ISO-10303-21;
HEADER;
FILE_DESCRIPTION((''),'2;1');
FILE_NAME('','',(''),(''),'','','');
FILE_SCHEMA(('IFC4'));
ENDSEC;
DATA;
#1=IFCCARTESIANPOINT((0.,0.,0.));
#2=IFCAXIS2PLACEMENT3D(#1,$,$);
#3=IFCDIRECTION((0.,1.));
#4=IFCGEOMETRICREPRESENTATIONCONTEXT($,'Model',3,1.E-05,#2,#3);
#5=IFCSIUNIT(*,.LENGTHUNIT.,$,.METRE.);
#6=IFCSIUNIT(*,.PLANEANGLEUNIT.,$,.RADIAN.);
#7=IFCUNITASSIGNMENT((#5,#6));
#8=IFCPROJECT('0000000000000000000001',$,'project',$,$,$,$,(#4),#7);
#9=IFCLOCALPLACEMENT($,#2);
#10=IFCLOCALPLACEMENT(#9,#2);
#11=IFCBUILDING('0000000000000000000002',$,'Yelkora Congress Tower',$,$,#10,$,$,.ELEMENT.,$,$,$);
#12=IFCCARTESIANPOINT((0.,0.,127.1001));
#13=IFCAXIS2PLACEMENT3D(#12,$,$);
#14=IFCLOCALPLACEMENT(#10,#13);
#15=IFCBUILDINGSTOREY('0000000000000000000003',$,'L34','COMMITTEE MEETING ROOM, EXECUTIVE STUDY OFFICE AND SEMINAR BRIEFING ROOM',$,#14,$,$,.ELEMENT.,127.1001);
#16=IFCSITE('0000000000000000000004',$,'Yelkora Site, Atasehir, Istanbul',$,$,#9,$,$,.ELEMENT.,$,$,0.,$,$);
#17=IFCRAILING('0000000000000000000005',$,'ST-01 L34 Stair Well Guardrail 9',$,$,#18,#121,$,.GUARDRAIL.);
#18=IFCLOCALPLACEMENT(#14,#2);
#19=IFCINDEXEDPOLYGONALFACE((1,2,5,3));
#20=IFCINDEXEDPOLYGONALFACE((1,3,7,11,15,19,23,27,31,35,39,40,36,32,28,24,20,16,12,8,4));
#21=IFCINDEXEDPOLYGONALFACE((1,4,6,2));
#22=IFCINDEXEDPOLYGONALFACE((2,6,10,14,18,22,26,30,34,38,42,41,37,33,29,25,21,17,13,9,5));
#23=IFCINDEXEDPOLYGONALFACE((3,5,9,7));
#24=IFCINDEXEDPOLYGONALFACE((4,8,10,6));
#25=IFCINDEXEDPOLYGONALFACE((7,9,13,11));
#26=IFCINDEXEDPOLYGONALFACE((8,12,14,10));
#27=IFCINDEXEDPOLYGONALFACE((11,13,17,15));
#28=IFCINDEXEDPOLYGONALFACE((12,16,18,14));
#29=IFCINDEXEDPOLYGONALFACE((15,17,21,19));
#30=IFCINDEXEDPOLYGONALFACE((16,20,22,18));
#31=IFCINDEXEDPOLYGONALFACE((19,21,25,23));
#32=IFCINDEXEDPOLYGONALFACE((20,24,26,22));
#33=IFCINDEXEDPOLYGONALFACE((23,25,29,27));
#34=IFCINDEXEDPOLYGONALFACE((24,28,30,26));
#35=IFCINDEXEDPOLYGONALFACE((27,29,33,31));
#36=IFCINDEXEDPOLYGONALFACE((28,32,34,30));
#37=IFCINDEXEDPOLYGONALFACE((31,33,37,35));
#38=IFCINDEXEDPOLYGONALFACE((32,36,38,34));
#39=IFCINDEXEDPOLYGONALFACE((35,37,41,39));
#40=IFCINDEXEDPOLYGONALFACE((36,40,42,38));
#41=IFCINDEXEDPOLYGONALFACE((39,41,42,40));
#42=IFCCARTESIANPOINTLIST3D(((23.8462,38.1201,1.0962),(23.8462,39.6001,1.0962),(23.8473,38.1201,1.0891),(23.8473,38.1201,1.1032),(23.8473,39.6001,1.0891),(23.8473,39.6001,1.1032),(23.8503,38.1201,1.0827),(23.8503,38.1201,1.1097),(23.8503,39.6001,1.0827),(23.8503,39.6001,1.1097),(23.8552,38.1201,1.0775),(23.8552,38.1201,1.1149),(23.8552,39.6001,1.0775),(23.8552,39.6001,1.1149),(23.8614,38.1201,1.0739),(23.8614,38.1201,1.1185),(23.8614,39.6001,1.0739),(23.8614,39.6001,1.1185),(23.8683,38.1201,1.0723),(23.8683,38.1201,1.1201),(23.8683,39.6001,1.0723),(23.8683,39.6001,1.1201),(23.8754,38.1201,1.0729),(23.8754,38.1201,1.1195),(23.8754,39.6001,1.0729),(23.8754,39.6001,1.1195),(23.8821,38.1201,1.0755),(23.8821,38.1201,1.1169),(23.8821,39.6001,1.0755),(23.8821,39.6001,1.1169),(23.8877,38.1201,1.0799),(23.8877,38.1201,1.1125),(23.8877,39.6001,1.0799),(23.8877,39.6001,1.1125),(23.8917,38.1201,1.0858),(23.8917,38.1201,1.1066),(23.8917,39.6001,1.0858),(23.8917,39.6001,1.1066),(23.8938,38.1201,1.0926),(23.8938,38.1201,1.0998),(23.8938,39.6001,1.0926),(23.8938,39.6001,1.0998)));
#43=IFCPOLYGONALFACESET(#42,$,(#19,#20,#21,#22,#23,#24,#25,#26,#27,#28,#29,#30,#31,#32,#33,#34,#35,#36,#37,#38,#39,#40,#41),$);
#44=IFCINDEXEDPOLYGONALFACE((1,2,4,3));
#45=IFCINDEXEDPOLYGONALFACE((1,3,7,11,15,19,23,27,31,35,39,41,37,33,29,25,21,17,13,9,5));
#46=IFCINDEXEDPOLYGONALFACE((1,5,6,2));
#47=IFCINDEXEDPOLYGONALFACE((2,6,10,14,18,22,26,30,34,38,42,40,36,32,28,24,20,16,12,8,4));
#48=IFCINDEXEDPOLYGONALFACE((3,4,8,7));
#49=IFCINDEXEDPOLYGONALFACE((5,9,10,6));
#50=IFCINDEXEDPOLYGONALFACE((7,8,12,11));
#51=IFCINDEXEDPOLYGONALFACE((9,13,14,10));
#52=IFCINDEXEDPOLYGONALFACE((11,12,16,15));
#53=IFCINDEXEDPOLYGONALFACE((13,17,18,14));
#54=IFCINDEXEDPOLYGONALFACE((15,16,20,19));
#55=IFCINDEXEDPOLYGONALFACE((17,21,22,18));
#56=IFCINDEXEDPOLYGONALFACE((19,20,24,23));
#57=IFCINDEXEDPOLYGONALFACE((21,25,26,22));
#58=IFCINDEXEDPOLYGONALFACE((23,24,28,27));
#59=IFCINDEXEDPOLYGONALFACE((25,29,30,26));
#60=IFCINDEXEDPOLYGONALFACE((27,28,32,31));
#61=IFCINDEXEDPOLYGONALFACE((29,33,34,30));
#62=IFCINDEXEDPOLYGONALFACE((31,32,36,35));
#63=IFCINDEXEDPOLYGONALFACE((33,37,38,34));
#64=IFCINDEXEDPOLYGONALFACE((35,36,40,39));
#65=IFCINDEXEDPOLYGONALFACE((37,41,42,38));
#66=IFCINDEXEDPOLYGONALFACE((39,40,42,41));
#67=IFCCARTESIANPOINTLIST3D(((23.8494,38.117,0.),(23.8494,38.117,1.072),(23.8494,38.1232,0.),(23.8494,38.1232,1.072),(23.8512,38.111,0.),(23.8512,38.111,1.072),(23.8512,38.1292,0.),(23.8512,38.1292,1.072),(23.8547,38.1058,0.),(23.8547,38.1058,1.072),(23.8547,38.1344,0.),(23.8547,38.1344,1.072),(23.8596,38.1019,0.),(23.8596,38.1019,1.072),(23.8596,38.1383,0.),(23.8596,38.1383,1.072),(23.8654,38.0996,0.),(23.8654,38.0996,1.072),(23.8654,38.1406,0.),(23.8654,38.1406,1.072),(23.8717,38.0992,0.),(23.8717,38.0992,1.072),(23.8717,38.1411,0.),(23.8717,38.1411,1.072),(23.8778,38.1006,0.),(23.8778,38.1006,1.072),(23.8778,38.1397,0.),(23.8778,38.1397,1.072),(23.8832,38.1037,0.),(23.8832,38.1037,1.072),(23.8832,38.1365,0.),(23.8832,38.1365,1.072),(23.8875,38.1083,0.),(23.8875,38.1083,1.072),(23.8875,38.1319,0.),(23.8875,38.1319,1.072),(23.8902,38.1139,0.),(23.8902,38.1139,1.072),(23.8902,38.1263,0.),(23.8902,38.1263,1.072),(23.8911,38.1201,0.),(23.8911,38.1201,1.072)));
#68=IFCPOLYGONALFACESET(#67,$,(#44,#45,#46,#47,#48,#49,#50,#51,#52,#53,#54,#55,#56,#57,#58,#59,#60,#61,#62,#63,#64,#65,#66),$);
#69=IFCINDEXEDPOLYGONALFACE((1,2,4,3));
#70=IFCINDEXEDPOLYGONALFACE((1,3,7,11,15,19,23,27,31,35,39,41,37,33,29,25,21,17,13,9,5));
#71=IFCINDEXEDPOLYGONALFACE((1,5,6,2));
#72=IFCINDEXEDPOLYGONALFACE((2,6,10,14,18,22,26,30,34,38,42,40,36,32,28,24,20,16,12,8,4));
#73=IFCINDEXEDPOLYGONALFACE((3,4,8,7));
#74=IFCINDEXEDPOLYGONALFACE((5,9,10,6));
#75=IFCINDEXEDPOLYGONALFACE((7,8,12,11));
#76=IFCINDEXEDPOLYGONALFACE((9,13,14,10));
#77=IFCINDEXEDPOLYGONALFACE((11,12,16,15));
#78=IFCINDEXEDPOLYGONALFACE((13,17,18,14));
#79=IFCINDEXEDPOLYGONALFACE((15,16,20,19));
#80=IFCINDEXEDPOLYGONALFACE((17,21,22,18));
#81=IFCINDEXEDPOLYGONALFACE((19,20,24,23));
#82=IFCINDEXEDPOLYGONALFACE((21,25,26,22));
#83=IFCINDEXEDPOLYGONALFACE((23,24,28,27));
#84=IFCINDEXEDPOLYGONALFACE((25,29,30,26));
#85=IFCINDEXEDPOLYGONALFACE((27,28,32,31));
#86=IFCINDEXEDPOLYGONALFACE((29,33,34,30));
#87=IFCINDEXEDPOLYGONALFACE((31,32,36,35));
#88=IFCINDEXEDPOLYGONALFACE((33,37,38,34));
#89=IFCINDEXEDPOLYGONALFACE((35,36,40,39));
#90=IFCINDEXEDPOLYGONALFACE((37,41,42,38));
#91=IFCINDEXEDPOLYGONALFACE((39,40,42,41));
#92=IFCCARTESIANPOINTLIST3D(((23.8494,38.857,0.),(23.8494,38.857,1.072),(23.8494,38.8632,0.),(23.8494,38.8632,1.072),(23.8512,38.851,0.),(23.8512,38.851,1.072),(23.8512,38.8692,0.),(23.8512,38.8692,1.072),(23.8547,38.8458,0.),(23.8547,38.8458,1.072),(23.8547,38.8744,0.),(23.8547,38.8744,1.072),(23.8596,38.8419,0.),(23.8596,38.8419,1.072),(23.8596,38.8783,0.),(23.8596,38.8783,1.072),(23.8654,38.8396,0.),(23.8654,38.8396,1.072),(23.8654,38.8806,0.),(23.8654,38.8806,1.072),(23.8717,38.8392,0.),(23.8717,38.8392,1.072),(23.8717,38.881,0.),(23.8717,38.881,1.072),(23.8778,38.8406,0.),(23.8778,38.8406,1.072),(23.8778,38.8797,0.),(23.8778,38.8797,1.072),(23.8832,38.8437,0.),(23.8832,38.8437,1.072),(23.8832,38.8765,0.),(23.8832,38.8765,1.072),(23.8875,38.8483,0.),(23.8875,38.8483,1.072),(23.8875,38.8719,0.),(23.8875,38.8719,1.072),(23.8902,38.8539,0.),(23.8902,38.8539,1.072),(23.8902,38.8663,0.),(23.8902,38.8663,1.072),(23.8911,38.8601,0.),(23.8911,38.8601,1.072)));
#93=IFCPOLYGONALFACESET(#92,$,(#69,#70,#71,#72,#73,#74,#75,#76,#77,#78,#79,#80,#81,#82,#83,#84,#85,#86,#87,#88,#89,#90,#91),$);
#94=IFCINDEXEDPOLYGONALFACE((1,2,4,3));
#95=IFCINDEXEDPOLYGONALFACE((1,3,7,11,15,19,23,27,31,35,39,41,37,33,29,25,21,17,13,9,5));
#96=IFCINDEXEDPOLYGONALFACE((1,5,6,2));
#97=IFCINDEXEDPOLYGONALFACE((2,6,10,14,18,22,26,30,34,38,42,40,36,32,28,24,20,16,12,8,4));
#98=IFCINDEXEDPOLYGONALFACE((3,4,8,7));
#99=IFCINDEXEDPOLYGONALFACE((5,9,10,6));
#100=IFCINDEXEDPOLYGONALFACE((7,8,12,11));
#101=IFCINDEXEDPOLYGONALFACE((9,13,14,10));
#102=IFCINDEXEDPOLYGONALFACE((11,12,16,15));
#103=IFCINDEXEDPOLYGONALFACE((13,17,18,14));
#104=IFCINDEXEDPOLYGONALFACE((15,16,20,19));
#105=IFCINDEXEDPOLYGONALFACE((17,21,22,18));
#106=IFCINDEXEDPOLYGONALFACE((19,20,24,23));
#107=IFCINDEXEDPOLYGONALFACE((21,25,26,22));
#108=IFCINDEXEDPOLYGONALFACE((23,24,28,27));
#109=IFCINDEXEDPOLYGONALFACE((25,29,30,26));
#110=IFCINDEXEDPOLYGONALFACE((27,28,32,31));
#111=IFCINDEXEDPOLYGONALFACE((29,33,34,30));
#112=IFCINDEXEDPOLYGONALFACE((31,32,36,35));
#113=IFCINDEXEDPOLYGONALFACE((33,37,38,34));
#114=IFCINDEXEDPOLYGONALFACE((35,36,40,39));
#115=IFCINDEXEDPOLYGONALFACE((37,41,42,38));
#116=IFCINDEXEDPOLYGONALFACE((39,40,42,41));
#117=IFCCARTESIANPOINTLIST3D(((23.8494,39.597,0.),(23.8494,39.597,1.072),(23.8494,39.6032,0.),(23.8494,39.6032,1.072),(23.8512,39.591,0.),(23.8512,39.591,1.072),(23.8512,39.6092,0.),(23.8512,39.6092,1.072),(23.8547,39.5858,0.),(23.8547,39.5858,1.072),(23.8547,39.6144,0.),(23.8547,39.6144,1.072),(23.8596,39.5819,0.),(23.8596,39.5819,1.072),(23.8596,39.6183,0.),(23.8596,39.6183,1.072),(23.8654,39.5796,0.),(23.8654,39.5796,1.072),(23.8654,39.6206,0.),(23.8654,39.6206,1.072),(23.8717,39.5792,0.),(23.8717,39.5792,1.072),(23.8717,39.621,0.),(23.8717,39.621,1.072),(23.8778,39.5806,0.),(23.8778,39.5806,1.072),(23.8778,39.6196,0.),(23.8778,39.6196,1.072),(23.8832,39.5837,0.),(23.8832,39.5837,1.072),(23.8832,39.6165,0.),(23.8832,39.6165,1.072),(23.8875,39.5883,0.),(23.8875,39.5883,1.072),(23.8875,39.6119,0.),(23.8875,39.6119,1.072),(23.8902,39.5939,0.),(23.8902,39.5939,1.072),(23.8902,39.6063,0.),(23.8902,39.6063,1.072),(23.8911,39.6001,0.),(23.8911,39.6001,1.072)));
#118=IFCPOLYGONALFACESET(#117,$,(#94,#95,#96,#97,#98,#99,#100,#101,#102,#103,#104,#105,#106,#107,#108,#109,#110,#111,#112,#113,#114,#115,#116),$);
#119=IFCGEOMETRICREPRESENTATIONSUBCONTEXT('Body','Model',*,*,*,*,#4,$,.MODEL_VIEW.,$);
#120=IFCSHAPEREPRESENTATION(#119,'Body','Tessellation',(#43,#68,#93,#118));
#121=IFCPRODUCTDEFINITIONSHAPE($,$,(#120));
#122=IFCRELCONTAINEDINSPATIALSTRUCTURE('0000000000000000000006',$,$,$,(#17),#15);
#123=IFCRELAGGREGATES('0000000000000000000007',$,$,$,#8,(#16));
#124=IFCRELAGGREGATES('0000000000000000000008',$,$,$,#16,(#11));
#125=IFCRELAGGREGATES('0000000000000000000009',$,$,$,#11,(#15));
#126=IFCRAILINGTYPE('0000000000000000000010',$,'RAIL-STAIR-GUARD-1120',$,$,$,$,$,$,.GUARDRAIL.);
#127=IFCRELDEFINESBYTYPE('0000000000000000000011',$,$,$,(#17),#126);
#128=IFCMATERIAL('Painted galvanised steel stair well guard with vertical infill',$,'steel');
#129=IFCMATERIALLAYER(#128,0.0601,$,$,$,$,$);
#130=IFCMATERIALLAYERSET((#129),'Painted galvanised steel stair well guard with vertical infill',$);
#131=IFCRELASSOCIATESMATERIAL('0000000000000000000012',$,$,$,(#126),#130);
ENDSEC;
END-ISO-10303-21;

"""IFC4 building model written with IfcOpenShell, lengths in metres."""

from ifc_helpers import new_model, si_unit, direction, frame, origin, origin_2d, place, context, subcontext, project, spatial, circle, extrude, material, layer, layer_set, type_object, element, save


model = new_model("IFC4")

# Units and contexts
model_context = context("Model", 3, precision=1e-05, world=origin(), true_north=direction((0.0, 1.0)))
body_context = subcontext(model_context, "Body", "Model", "MODEL_VIEW")
ifc_project = project(units=[si_unit("LENGTHUNIT", "METRE"), si_unit("PLANEANGLEUNIT", "RADIAN")], contexts=[model_context])

# Site, building, storey
site_placement = place(None, origin())
site = spatial("IfcSite", under=ifc_project, at=site_placement, Name="Yelkora Site, Atasehir, Istanbul", CompositionType="ELEMENT", RefElevation=0.0)
building_placement = place(site_placement, origin())
building = spatial("IfcBuilding", under=site, at=building_placement, Name="Yelkora Congress Tower", CompositionType="ELEMENT")
storey_placement = place(building_placement, frame((0.0, 0.0, 127.1001)))
storey = spatial("IfcBuildingStorey", under=building, at=storey_placement, Name="L34", Description="COMMITTEE MEETING ROOM, EXECUTIVE STUDY OFFICE AND SEMINAR BRIEFING ROOM", CompositionType="ELEMENT", Elevation=127.1001)

# Railing
ifc_material_1 = material(Name="Painted galvanised steel stair well guard with vertical infill", Category="steel")
ifc_layer_1 = layer(ifc_material_1, 0.0601)
ifc_layer_set_1 = layer_set([ifc_layer_1], Name="Painted galvanised steel stair well guard with vertical infill")
railing_type_1 = type_object("IfcRailingType", Name="RAIL-STAIR-GUARD-1120", PredefinedType="GUARDRAIL", material=ifc_layer_set_1)
railing_1_placement = place(storey_placement, frame((23.8701, 38.1201, 0.0)))
element("IfcRailing", 1, at=railing_1_placement, inside=storey, type_object=railing_type_1, Name="ST-01 L34 Stair Well Guardrail 9", PredefinedType="GUARDRAIL", context=body_context, shape_type="SweptSolid", body=[
    extrude(circle(Radius=0.0239, at=origin_2d()), frame((0.0, 0.0, 1.0962), z_axis=(0.0, 1.0, 0.0), x_axis=(-1.0, 0.0, 0.0)), (0.0, 0.0, 1.0), 1.48),
    extrude(circle(Radius=0.021, at=origin_2d()), origin(), (0.0, 0.0, 1.0), 1.072),
    extrude(circle(Radius=0.021, at=origin_2d()), frame((0.0, 0.74, 0.0)), (0.0, 0.0, 1.0), 1.072),
    extrude(circle(Radius=0.021, at=origin_2d()), frame((0.0, 1.48, 0.0)), (0.0, 0.0, 1.0), 1.072),
])

save(model, "model.ifc")
